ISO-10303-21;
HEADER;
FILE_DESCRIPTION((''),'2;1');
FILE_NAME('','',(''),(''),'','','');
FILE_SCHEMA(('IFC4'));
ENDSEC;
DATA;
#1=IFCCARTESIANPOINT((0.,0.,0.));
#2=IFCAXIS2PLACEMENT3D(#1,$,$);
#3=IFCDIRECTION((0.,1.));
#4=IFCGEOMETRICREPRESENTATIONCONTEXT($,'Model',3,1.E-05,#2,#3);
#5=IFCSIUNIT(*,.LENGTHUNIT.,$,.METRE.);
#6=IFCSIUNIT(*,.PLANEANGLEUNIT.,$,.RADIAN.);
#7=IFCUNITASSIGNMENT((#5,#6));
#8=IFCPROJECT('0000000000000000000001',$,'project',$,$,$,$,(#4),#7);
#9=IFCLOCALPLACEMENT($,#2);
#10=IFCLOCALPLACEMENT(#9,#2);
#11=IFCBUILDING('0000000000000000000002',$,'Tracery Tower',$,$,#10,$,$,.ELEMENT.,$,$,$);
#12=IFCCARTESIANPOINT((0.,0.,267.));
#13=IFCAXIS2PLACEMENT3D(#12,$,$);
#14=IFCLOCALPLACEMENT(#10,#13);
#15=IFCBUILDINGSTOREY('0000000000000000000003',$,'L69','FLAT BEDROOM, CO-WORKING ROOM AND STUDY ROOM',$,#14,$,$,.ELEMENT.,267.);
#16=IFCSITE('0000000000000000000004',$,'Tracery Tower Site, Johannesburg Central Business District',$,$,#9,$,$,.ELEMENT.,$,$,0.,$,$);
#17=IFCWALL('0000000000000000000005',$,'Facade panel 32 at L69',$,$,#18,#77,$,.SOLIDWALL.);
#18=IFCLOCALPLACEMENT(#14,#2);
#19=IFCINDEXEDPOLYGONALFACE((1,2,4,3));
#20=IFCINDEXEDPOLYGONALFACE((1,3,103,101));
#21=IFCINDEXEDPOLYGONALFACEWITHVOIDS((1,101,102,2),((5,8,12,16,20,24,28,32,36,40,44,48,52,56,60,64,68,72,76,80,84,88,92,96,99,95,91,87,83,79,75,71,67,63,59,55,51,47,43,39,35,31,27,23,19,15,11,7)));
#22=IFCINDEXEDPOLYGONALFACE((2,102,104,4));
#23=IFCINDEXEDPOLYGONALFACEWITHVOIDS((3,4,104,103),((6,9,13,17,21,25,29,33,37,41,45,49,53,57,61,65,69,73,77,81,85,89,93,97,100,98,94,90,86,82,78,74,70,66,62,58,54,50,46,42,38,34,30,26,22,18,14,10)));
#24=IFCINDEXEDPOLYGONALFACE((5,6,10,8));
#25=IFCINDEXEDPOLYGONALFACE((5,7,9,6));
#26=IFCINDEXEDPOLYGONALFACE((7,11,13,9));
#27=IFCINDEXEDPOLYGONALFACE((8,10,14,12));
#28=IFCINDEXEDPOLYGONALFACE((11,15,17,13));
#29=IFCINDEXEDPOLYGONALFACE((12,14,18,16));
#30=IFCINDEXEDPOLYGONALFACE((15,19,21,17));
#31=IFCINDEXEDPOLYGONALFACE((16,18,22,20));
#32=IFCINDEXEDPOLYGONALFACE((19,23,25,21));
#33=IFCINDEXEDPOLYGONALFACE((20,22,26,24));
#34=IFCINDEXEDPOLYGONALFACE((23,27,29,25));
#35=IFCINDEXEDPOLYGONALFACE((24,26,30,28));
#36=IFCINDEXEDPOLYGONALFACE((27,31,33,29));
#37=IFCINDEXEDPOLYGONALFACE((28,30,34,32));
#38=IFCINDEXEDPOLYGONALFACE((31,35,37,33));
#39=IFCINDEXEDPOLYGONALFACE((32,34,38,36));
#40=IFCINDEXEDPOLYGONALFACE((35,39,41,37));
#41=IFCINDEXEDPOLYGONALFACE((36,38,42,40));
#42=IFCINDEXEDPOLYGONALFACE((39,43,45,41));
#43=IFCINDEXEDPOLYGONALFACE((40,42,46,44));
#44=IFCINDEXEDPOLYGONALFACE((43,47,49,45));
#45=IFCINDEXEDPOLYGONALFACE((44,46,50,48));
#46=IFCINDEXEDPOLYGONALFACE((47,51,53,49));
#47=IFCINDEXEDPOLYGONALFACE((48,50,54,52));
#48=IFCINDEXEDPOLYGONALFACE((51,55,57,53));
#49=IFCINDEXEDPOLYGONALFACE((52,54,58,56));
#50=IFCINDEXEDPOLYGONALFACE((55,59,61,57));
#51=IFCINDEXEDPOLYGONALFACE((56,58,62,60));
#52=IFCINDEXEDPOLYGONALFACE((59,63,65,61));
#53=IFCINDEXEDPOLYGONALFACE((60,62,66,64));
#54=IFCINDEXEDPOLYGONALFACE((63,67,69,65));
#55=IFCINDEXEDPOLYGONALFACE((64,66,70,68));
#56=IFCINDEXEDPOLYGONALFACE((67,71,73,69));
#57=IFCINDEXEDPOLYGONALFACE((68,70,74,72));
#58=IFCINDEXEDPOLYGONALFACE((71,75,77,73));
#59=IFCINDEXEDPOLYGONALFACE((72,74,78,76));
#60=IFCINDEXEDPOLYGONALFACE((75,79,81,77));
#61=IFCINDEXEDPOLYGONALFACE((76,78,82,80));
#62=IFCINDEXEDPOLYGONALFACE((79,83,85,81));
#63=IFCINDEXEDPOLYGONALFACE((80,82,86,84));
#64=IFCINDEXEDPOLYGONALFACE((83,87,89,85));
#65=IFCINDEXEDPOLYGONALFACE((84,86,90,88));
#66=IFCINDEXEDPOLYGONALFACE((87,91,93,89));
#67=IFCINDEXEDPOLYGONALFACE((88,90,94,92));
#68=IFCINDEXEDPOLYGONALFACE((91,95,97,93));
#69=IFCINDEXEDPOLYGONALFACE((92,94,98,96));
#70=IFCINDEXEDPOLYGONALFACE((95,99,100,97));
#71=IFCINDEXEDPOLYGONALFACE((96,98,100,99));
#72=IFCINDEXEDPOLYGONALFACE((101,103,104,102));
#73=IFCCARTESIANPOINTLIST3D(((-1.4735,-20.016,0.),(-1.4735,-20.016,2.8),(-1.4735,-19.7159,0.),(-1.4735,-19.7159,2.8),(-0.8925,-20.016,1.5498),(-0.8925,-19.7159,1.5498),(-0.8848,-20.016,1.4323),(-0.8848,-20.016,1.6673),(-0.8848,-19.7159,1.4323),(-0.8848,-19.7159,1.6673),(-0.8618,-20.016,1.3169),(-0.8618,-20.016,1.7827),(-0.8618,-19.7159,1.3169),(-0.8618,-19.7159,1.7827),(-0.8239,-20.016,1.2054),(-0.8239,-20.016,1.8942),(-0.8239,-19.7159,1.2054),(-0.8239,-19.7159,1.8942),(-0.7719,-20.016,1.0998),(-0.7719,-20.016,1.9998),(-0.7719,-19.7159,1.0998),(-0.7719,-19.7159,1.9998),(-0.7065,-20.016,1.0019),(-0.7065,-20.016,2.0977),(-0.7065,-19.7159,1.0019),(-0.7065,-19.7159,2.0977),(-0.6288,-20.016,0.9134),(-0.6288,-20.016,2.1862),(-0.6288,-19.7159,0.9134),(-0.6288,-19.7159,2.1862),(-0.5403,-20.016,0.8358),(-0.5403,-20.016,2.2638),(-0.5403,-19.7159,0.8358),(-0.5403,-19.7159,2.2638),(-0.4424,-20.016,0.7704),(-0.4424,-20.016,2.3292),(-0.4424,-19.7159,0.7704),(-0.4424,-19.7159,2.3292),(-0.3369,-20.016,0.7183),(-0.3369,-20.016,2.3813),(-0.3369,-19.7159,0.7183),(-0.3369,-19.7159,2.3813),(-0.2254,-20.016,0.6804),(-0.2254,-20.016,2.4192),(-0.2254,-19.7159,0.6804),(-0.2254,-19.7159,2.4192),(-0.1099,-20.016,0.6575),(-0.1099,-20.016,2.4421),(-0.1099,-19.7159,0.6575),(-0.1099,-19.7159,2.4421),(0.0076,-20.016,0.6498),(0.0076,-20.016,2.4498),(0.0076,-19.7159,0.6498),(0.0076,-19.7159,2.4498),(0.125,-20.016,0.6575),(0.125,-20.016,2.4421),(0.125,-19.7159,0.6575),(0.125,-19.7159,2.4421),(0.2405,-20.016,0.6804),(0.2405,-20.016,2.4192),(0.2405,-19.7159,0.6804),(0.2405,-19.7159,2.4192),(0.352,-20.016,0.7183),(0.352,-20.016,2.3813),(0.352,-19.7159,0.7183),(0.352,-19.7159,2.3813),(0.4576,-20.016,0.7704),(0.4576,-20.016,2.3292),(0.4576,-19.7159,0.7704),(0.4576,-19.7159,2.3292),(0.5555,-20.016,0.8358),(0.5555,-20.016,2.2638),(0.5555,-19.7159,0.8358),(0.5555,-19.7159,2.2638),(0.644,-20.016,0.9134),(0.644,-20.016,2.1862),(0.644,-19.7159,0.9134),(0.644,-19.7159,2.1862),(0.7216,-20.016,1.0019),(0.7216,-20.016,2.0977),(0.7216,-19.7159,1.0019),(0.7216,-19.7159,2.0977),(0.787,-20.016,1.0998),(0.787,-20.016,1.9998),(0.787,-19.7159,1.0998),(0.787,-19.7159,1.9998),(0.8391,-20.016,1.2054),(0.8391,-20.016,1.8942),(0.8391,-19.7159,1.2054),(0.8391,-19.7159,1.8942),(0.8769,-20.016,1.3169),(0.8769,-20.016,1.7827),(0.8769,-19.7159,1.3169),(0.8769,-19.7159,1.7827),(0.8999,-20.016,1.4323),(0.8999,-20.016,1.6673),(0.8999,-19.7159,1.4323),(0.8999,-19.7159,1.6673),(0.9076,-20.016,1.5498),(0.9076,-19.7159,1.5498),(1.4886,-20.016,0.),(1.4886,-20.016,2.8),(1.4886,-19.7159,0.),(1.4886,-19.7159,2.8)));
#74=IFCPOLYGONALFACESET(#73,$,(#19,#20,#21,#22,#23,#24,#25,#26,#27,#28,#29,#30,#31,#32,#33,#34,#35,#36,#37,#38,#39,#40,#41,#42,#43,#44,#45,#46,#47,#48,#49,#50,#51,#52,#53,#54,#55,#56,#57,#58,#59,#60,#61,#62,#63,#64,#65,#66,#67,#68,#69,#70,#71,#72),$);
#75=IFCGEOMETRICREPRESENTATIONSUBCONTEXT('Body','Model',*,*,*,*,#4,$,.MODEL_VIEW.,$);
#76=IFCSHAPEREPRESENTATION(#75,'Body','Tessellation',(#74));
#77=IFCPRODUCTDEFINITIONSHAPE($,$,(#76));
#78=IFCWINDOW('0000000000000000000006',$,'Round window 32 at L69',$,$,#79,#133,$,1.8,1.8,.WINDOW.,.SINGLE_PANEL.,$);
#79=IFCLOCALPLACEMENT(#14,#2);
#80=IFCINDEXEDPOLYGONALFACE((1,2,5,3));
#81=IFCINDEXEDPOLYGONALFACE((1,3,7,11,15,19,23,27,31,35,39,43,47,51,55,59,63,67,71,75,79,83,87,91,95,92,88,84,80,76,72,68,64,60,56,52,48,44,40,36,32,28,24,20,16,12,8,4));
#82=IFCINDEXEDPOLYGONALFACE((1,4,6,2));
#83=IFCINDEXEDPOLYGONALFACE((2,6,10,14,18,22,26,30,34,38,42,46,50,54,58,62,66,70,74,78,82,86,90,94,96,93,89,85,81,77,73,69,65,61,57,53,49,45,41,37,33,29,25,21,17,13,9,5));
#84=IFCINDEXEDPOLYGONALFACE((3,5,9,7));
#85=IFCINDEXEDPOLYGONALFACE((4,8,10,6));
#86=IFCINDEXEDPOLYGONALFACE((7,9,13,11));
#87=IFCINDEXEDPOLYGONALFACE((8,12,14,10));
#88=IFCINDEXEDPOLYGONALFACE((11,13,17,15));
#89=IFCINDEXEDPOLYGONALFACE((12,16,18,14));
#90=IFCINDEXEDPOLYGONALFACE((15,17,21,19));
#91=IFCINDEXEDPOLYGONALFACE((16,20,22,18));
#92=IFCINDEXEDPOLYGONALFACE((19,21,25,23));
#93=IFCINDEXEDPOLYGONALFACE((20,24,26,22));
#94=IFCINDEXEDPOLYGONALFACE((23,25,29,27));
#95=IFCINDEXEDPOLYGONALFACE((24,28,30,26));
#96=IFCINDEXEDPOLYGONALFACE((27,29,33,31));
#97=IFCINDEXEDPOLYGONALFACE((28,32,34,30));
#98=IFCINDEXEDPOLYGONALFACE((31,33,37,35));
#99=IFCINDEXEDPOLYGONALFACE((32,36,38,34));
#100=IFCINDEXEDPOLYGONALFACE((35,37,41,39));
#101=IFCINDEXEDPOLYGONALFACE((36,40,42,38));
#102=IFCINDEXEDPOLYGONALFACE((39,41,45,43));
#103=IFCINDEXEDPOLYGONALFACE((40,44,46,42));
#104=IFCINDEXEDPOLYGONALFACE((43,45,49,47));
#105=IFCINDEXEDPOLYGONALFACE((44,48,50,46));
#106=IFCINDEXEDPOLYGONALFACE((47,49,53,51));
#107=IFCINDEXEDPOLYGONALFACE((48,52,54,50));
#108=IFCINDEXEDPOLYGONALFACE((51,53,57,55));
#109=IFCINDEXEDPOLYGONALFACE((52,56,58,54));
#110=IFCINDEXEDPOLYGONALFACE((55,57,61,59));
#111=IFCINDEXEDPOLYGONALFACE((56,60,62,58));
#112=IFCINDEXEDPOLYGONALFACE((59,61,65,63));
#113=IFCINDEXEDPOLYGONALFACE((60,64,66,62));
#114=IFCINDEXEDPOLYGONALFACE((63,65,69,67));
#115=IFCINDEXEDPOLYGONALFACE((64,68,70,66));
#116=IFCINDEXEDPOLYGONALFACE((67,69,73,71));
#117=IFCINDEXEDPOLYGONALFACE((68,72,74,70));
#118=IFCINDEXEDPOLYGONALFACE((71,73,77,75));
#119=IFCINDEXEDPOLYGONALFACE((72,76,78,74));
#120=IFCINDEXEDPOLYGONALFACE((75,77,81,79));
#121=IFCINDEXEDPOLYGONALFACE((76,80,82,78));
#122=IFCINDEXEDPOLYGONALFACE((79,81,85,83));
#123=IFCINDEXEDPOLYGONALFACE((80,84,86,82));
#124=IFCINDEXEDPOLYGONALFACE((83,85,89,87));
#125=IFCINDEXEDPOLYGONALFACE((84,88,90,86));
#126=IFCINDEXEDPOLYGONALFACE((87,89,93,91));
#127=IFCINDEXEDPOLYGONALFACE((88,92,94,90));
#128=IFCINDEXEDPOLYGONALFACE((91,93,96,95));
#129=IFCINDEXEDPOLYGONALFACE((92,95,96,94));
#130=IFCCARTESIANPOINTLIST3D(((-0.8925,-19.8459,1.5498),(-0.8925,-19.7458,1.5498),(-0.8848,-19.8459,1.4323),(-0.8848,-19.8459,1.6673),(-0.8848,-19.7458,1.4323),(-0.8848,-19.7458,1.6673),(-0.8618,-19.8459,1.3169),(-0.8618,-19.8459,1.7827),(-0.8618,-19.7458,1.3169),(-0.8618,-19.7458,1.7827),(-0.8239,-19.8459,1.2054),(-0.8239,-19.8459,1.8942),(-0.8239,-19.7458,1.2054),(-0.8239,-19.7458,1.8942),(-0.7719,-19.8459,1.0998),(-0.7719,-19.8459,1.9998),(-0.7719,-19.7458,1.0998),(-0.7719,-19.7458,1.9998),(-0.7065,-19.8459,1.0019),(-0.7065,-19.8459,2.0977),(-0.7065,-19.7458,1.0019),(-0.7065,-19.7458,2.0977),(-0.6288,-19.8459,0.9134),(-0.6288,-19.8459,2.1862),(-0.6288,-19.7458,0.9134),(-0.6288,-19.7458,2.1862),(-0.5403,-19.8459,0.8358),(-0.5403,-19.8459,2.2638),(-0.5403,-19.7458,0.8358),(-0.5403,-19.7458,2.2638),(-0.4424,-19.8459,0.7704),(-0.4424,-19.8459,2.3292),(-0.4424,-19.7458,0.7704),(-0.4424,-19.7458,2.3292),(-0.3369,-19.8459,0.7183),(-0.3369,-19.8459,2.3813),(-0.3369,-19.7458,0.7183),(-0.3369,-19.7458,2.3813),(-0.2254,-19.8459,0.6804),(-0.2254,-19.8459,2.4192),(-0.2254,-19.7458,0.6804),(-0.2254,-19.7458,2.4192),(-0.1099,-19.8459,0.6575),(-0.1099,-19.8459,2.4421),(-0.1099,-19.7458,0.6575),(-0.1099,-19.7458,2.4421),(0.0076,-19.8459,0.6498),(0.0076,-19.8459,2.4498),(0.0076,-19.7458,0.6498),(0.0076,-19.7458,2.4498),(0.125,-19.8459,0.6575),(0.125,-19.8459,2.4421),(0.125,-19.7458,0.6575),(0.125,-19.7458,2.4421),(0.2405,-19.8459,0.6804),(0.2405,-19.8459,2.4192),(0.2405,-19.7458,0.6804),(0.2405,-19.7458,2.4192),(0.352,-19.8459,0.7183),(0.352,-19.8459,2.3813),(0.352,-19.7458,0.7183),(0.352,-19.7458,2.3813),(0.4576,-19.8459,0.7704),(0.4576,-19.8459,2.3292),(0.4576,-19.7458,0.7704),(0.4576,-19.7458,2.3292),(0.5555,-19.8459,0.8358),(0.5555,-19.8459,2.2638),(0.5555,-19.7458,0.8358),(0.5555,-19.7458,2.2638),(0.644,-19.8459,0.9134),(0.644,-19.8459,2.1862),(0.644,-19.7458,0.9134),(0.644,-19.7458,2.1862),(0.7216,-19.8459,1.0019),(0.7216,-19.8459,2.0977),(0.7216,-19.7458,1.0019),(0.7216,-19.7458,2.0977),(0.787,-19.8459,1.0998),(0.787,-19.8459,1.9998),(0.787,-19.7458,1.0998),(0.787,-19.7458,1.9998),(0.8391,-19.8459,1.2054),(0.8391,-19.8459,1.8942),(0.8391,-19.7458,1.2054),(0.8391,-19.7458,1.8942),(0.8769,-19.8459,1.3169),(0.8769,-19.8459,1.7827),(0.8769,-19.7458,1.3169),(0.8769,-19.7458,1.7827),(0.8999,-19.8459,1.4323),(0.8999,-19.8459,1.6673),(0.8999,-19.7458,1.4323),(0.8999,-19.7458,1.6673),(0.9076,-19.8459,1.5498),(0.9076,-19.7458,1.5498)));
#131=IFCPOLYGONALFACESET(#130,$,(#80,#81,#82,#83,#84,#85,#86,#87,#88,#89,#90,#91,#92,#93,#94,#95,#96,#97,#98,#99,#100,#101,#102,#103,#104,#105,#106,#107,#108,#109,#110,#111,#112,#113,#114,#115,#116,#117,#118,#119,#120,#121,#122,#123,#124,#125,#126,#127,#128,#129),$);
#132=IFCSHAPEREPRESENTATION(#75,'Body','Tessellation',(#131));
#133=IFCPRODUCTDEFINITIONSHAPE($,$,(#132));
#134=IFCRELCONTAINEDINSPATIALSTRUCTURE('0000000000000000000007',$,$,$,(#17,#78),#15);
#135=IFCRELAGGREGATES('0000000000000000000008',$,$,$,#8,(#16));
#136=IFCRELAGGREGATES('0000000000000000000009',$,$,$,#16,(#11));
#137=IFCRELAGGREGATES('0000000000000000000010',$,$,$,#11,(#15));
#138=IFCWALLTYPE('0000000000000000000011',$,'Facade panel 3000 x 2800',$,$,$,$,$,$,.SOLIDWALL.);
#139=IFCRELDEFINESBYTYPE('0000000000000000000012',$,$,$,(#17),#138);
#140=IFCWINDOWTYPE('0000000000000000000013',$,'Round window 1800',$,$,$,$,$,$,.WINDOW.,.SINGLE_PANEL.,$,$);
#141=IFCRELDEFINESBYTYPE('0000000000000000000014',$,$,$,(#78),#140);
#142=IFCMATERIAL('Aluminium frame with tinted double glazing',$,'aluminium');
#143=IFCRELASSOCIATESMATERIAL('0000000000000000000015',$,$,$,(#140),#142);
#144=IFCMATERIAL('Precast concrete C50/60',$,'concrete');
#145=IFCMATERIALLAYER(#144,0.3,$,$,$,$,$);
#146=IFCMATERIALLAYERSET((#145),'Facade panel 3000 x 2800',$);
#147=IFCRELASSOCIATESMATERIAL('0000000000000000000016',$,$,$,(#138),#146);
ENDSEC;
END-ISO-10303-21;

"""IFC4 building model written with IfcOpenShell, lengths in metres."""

from ifc_helpers import new_model, si_unit, direction, frame, frame_2d, origin, origin_2d, place, context, subcontext, project, spatial, rectangle, circle, extrude, material, layer, layer_set, type_object, element, fill, save


model = new_model("IFC4")

# Units and contexts
model_context = context("Model", 3, precision=1e-05, world=origin(), true_north=direction((0.0, 1.0)))
body_context = subcontext(model_context, "Body", "Model", "MODEL_VIEW")
ifc_project = project(units=[si_unit("LENGTHUNIT", "METRE"), si_unit("PLANEANGLEUNIT", "RADIAN")], contexts=[model_context])

# Site, building, storey
site_placement = place(None, origin())
site = spatial("IfcSite", under=ifc_project, at=site_placement, Name="Tracery Tower Site, Johannesburg Central Business District", CompositionType="ELEMENT", RefElevation=0.0)
building_placement = place(site_placement, origin())
building = spatial("IfcBuilding", under=site, at=building_placement, Name="Tracery Tower", CompositionType="ELEMENT")
storey_placement = place(building_placement, frame((0.0, 0.0, 267.0)))
storey = spatial("IfcBuildingStorey", under=building, at=storey_placement, Name="L69", Description="FLAT BEDROOM, CO-WORKING ROOM AND STUDY ROOM", CompositionType="ELEMENT", Elevation=267.0)

# Wall, opening, window
ifc_material_1 = material(Name="Aluminium frame with tinted double glazing", Category="aluminium")
window_type = type_object("IfcWindowType", Name="Round window 1800", PartitioningType="SINGLE_PANEL", PredefinedType="WINDOW", material=ifc_material_1)
ifc_material_2 = material(Name="Precast concrete C50/60", Category="concrete")
ifc_layer_1 = layer(ifc_material_2, 0.3)
ifc_layer_set_1 = layer_set([ifc_layer_1], Name="Facade panel 3000 x 2800")
wall_type_1 = type_object("IfcWallType", Name="Facade panel 3000 x 2800", PredefinedType="SOLIDWALL", material=ifc_layer_set_1)
wall_1_placement = place(storey_placement, frame((-1.4734, -19.866, 0.0), z_axis=(0.0, 0.0, 1.0), x_axis=(1.0, 0.0, 0.0)))
wall_1 = element("IfcWall", 1, at=wall_1_placement, inside=storey, type_object=wall_type_1, Name="Facade panel 32 at L69", PredefinedType="SOLIDWALL", context=body_context, shape_type="SweptSolid", body=[
    extrude(rectangle(XDim=2.9622, YDim=0.3, at=frame_2d((1.481, 0.0))), origin(), (0.0, 0.0, 1.0), 2.8),
])
opening_1_placement = place(wall_1_placement, frame((1.481, 0.0, 1.5498)))
opening_1 = element("IfcOpeningElement", 2, at=opening_1_placement, cuts=wall_1, PredefinedType="OPENING", context=body_context, shape_type="SweptSolid", body=[
    extrude(circle(Radius=0.9, at=origin_2d()), frame((0.0, 0.1599, 0.0), z_axis=(0.0, -1.0, 0.0), x_axis=(1.0, 0.0, 0.0)), (0.0, 0.0, 1.0), 0.3201),
])
window_1_placement = place(opening_1_placement, origin())
window_1 = element("IfcWindow", 3, at=window_1_placement, inside=storey, type_object=window_type, Name="Round window 32 at L69", OverallHeight=1.8, OverallWidth=1.8, PartitioningType="SINGLE_PANEL", PredefinedType="WINDOW", context=body_context, shape_type="SweptSolid", body=[
    extrude(circle(Radius=0.9, at=origin_2d()), frame((0.0, 0.1201, 0.0), z_axis=(0.0, -1.0, 0.0), x_axis=(1.0, 0.0, 0.0)), (0.0, 0.0, 1.0), 0.1001),
])
fill(opening_1, window_1)

save(model, "model.ifc")
